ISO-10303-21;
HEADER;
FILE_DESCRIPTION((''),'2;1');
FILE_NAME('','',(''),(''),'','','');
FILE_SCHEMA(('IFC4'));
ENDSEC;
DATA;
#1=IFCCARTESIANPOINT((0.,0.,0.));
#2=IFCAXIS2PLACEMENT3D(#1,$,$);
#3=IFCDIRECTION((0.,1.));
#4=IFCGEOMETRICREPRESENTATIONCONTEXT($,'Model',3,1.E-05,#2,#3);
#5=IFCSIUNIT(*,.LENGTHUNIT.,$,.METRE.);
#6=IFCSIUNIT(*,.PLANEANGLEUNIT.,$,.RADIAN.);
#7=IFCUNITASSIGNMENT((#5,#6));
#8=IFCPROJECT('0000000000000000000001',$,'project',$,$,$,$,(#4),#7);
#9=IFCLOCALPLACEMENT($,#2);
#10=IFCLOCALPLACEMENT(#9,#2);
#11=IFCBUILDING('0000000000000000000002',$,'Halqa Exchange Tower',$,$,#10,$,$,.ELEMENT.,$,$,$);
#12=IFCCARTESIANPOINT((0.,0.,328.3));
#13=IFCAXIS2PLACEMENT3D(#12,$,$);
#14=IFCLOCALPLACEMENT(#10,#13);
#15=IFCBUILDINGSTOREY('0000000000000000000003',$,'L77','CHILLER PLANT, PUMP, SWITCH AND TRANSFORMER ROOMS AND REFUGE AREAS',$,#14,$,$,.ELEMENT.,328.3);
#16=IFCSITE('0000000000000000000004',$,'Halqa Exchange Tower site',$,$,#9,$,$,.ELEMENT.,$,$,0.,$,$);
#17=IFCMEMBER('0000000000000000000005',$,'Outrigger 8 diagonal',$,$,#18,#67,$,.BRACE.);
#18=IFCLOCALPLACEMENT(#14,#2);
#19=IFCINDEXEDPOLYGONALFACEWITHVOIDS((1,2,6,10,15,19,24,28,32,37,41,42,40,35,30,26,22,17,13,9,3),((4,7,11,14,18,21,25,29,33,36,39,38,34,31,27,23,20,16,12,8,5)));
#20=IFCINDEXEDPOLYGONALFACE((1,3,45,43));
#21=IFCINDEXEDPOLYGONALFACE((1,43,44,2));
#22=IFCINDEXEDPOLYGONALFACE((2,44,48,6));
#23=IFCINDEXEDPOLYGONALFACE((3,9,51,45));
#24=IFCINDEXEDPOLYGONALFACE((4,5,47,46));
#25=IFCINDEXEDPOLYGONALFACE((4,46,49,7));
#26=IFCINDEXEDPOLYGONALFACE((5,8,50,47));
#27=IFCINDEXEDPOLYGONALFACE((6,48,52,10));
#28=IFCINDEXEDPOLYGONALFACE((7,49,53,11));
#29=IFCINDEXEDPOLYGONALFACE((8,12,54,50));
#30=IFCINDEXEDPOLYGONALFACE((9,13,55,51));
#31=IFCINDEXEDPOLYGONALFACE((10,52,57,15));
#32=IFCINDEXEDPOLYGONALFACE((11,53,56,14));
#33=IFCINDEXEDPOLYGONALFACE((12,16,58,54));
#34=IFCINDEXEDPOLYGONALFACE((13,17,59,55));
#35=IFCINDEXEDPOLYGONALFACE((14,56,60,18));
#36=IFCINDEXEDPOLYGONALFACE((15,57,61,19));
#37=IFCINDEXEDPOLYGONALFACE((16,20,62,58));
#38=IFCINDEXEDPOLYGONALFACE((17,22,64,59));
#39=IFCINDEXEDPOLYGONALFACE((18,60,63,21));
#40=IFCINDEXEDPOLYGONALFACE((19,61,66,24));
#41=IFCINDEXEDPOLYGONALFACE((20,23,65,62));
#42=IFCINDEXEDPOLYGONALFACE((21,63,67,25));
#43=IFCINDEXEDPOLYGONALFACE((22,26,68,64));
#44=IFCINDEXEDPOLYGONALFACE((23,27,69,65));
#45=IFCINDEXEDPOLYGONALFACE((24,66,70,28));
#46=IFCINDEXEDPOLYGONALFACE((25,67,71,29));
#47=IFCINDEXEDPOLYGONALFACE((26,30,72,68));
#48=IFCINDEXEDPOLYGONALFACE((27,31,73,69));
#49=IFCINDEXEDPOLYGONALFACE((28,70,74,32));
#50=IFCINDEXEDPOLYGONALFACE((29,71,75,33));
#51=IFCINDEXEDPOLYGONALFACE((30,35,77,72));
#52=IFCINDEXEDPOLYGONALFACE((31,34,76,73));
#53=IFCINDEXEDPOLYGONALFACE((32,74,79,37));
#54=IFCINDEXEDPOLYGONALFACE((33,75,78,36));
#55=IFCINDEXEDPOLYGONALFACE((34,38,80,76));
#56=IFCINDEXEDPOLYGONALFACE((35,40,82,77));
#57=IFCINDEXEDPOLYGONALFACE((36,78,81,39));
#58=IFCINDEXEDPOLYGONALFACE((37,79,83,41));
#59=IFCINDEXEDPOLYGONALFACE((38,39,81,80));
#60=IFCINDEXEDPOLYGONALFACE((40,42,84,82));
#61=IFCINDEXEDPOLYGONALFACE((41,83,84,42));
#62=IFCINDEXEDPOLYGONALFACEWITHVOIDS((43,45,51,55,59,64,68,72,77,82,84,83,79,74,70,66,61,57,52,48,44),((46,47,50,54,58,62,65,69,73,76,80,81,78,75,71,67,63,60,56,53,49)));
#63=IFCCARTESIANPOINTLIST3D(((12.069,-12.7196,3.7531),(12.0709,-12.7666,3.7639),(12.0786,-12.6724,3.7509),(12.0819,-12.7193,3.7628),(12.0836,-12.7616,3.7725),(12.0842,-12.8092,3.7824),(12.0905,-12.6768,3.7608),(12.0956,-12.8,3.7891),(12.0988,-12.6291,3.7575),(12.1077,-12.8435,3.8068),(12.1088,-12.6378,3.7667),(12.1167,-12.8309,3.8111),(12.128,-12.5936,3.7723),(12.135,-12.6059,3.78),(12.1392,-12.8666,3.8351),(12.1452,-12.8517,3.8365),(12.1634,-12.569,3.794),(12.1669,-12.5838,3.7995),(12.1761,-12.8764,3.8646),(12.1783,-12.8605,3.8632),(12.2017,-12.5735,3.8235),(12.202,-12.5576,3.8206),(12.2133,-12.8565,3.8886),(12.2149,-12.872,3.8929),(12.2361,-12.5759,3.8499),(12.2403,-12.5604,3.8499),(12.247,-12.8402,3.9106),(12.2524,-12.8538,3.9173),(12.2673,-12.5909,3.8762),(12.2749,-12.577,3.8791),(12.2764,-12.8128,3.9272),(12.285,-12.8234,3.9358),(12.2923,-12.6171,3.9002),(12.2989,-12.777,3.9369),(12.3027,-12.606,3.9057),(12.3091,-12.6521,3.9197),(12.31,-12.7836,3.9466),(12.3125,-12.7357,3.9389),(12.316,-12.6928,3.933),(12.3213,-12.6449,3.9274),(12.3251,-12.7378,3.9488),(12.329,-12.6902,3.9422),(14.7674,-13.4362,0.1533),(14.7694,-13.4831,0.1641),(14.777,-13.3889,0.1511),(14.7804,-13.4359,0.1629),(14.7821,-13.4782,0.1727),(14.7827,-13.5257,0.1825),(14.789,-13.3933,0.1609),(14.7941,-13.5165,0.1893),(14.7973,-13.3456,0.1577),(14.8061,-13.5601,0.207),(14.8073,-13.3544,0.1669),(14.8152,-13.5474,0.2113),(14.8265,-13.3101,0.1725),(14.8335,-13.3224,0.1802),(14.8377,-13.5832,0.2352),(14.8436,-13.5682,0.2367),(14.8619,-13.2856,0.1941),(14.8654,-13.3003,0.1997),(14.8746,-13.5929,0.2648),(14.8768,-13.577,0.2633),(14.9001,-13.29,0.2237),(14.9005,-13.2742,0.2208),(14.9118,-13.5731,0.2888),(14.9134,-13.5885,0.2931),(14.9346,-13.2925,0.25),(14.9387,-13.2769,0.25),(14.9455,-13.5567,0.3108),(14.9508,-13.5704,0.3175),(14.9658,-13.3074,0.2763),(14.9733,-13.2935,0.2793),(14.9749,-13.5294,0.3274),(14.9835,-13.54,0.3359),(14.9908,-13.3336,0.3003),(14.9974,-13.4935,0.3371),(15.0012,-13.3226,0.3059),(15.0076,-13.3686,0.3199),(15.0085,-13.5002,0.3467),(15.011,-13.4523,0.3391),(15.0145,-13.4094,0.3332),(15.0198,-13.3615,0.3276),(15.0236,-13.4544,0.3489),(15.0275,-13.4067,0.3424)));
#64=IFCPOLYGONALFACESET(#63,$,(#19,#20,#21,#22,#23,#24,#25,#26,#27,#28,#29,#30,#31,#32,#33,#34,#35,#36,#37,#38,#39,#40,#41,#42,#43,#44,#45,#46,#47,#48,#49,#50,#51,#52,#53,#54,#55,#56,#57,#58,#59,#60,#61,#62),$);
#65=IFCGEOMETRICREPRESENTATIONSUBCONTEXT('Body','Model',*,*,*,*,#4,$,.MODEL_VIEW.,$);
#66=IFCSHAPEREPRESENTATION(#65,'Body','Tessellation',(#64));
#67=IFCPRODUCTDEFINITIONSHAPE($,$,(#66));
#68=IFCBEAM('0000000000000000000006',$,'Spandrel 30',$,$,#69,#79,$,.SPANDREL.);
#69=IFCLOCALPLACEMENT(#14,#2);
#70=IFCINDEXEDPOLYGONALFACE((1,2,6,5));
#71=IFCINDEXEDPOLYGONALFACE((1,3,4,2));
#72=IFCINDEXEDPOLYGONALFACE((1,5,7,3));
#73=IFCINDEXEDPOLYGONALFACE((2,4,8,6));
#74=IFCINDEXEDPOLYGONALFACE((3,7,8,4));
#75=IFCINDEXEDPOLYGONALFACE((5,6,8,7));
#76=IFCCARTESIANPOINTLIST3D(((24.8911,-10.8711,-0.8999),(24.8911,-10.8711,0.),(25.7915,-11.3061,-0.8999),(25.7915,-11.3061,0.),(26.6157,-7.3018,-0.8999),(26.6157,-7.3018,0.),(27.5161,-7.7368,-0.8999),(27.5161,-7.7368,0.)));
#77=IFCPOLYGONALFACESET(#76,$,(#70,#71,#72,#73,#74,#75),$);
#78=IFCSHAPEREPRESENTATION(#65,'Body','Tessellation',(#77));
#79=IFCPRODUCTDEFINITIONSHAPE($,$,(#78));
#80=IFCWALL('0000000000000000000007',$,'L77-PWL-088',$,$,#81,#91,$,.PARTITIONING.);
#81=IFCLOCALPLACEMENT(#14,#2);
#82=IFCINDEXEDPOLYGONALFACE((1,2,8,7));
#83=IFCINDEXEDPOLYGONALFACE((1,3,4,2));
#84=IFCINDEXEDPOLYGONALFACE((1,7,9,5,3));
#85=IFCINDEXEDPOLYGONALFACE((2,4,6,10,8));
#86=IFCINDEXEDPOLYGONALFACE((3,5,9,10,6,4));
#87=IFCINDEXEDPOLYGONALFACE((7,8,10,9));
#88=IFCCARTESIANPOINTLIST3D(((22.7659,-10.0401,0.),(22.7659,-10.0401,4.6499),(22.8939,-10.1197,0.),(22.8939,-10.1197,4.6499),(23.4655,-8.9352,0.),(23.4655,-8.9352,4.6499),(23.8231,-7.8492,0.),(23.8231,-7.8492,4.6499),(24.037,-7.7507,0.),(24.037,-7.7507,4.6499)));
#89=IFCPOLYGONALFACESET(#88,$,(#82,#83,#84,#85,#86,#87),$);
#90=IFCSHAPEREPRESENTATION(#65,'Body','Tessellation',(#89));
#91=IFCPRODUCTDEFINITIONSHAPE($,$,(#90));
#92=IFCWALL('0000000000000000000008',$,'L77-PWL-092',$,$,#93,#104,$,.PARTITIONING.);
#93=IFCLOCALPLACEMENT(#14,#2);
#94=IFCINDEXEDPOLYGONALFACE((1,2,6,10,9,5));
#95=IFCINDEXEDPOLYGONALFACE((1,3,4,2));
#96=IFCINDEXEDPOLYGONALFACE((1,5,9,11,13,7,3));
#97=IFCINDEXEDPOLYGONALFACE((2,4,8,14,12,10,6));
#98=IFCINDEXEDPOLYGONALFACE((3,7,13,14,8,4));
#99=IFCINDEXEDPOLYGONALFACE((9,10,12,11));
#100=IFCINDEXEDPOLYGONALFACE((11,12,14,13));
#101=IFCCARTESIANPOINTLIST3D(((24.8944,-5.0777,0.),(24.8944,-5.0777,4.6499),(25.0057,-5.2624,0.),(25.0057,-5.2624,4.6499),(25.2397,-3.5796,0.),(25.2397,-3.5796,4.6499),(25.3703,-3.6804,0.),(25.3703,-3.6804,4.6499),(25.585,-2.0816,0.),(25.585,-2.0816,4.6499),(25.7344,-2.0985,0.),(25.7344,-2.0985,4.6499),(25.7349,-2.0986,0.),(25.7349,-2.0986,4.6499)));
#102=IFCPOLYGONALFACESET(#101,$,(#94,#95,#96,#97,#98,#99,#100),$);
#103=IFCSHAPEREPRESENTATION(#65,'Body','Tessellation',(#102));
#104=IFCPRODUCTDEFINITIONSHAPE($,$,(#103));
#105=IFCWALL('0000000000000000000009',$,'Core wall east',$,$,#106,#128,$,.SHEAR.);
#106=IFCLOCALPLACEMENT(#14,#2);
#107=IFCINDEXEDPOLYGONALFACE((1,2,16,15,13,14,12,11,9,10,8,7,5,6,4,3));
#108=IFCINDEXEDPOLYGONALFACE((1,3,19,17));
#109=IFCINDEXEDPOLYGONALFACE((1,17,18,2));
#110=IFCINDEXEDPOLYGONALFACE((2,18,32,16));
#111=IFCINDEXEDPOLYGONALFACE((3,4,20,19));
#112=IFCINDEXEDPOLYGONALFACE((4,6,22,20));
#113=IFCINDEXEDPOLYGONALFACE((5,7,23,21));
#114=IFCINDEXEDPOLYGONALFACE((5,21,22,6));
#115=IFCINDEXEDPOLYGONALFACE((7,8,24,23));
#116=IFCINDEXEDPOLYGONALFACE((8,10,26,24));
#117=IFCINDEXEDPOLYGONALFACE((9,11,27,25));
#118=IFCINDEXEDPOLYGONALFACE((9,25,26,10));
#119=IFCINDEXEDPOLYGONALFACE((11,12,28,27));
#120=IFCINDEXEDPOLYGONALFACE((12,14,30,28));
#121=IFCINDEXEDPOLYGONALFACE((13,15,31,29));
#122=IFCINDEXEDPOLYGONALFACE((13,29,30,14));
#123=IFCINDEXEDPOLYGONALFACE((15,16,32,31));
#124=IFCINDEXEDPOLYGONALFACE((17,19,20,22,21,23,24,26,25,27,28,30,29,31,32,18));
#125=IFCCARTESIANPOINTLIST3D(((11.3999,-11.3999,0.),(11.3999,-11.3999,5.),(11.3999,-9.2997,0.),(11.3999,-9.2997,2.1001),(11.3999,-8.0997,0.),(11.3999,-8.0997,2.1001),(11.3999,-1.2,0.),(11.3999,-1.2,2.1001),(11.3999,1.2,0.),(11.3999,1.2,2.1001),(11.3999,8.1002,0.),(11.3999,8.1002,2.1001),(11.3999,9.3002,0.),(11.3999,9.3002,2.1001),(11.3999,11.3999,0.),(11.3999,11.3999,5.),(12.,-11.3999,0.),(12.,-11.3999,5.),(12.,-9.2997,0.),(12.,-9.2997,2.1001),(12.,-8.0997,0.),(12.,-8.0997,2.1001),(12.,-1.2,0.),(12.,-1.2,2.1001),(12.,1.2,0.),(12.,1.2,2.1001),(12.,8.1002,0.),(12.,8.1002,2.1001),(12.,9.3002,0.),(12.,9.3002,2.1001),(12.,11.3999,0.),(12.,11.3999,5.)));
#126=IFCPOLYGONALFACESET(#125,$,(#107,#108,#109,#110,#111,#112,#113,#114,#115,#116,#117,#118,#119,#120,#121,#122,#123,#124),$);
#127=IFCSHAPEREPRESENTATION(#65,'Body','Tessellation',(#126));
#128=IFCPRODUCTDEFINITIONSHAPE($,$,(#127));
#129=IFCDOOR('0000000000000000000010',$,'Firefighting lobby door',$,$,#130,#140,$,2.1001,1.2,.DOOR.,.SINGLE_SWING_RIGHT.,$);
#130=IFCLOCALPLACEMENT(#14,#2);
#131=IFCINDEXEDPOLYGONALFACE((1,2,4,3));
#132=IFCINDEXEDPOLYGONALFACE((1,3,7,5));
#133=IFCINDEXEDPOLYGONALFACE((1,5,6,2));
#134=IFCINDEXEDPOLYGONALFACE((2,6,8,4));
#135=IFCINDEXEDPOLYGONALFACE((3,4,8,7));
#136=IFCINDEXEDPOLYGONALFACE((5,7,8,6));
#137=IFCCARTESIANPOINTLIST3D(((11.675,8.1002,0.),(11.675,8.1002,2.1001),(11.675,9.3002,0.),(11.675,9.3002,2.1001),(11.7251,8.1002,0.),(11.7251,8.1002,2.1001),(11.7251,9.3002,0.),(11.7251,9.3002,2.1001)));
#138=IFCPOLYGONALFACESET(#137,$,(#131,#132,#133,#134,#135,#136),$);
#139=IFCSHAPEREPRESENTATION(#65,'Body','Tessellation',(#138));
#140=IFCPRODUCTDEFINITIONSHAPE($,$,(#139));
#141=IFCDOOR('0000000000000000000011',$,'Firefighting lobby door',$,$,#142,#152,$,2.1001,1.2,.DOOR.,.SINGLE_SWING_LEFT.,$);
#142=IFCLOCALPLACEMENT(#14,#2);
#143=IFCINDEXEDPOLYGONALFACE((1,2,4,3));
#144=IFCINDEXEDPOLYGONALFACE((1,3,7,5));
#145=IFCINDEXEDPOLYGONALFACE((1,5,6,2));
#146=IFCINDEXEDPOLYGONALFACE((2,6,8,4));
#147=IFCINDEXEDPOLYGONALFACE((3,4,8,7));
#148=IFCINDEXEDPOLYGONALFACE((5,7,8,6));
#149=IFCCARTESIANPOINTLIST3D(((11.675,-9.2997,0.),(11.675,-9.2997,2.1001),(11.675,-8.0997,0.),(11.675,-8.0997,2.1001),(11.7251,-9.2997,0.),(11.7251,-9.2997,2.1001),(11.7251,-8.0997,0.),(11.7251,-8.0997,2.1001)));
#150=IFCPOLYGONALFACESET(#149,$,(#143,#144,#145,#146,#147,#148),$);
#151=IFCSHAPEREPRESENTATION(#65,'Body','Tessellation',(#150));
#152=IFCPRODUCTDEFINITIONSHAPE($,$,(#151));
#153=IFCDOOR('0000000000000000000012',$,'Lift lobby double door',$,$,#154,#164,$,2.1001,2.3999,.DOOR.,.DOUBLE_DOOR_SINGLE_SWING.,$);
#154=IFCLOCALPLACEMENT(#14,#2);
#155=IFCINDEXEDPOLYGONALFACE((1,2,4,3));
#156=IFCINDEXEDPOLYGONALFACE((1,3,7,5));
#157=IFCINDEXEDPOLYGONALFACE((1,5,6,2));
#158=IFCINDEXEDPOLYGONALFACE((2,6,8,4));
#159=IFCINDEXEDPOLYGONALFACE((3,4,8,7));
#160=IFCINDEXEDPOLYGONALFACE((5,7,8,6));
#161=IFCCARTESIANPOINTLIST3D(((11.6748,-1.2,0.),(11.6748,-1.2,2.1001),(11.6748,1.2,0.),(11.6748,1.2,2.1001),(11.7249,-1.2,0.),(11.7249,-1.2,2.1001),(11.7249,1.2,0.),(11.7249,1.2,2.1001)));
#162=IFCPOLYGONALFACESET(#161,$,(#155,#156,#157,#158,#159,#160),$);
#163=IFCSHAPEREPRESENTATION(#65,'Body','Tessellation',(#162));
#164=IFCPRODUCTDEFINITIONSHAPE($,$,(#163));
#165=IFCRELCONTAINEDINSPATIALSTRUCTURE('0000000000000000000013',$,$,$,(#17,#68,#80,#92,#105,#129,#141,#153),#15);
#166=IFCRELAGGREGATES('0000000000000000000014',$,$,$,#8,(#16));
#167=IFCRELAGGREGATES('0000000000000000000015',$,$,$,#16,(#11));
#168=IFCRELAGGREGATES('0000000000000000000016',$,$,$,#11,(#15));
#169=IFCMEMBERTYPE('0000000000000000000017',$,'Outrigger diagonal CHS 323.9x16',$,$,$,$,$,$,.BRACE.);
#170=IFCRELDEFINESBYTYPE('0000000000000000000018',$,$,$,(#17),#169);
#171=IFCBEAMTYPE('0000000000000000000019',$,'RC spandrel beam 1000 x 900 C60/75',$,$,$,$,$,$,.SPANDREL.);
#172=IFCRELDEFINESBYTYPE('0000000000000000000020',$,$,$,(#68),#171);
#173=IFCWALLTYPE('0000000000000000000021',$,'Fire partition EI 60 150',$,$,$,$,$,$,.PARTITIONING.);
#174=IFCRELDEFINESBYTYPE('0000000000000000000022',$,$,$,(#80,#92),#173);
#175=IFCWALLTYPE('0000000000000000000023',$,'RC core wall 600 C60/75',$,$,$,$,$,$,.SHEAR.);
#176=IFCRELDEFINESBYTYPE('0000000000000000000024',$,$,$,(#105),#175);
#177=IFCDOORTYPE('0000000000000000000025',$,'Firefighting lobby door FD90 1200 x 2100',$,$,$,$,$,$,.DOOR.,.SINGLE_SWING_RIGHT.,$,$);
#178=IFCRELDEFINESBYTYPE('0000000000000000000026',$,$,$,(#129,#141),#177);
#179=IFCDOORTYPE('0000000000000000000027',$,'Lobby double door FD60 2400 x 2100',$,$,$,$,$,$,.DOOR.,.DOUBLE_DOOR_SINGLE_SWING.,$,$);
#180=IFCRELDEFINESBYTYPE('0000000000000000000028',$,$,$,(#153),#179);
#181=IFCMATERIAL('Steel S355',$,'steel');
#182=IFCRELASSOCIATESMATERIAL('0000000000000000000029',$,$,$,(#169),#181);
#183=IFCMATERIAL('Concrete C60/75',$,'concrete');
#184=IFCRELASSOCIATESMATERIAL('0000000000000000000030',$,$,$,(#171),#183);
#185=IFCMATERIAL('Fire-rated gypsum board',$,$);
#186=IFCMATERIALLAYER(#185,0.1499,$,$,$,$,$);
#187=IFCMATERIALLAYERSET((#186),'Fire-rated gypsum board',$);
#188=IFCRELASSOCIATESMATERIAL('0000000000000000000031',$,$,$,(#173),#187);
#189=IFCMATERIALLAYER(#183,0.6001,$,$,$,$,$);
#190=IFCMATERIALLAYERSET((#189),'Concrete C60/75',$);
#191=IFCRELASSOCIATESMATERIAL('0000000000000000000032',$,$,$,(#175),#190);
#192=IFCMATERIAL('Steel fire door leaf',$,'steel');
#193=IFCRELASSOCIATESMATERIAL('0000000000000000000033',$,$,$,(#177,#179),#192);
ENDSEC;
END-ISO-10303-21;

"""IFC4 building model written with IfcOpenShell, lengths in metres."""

from ifc_helpers import new_model, si_unit, direction, frame, frame_2d, origin, origin_2d, place, context, subcontext, project, spatial, polyline, rectangle, hollow_circle, outline, extrude, material, layer, layer_set, material_profile, profile_set, type_object, element, fill, save


model = new_model("IFC4")

# Units and contexts
model_context = context("Model", 3, precision=1e-05, world=origin(), true_north=direction((0.0, 1.0)))
body_context = subcontext(model_context, "Body", "Model", "MODEL_VIEW")
ifc_project = project(units=[si_unit("LENGTHUNIT", "METRE"), si_unit("PLANEANGLEUNIT", "RADIAN")], contexts=[model_context])

# Site, building, storey
site_placement = place(None, origin())
site = spatial("IfcSite", under=ifc_project, at=site_placement, Name="Halqa Exchange Tower site", CompositionType="ELEMENT", RefElevation=0.0)
building_placement = place(site_placement, origin())
building = spatial("IfcBuilding", under=site, at=building_placement, Name="Halqa Exchange Tower", CompositionType="ELEMENT")
storey_placement = place(building_placement, frame((0.0, 0.0, 328.3)))
storey = spatial("IfcBuildingStorey", under=building, at=storey_placement, Name="L77", Description="CHILLER PLANT, PUMP, SWITCH AND TRANSFORMER ROOMS AND REFUGE AREAS", CompositionType="ELEMENT", Elevation=328.3)

# Shared definitions
ifc_material_1 = material(Name="Steel S355", Category="steel")

# Member
ifc_material_profile_1 = material_profile(ifc_material_1, hollow_circle(Radius=0.1619, WallThickness=0.0161, at=origin_2d()), Name="CHS 323.9x16")
ifc_profile_set_1 = profile_set([ifc_material_profile_1], Name="Steel S355")
member_type_1 = type_object("IfcMemberType", Name="Outrigger diagonal CHS 323.9x16", PredefinedType="BRACE", material=ifc_profile_set_1)
member_1_placement = place(storey_placement, frame((12.1987, -12.7168, 3.8499), z_axis=(0.592334, -0.157288, -0.79019), x_axis=(0.256645, 0.966506, 0.0)))
element("IfcMember", 1, at=member_1_placement, inside=storey, type_object=member_type_1, Name="Outrigger 8 diagonal", PredefinedType="BRACE", context=body_context, shape_type="SweptSolid", body=[
    extrude(hollow_circle(Radius=0.1619, WallThickness=0.0161, at=origin_2d()), origin(), (0.0, 0.0, 1.0), 4.5557),
])

# Beam
ifc_material_2 = material(Name="Concrete C60/75", Category="concrete")
ifc_material_profile_2 = material_profile(ifc_material_2, rectangle(XDim=1.0, YDim=0.8999, at=origin_2d()), Name="1000 x 900")
ifc_profile_set_2 = profile_set([ifc_material_profile_2], Name="Concrete C60/75")
beam_type_1 = type_object("IfcBeamType", Name="RC spandrel beam 1000 x 900 C60/75", PredefinedType="SPANDREL", material=ifc_profile_set_2)
beam_1_placement = place(storey_placement, frame((25.3413, -11.0886, -0.45), z_axis=(0.435052, 0.900405, 0.0), x_axis=(-0.900405, 0.435052, 0.0)))
element("IfcBeam", 2, at=beam_1_placement, inside=storey, type_object=beam_type_1, Name="Spandrel 30", PredefinedType="SPANDREL", context=body_context, shape_type="SweptSolid", body=[
    extrude(rectangle(XDim=1.0, YDim=0.8999, at=origin_2d()), origin(), (0.0, 0.0, 1.0), 3.9641),
])

# Shared definitions
ifc_material_3 = material(Name="Fire-rated gypsum board")
ifc_layer_1 = layer(ifc_material_3, 0.1499)
ifc_layer_set_1 = layer_set([ifc_layer_1], Name="Fire-rated gypsum board")
wall_type_1 = type_object("IfcWallType", Name="Fire partition EI 60 150", PredefinedType="PARTITIONING", material=ifc_layer_set_1)

# Shared definitions
ifc_material_4 = material(Name="Steel fire door leaf", Category="steel")

# Wall
wall_1_placement = place(storey_placement, frame((22.8264, -10.0872, 0.0), z_axis=(0.0, 0.0, 1.0), x_axis=(0.434583, 0.900632, 0.0)))
element("IfcWall", 3, at=wall_1_placement, inside=storey, type_object=wall_type_1, Name="L77-PWL-088", PredefinedType="PARTITIONING", context=body_context, shape_type="SweptSolid", body=[
    extrude(outline(polyline([(0.0, -0.075), (1.3152, -0.075), (2.6304, -0.075), (2.4487, 0.075), (0.0161, 0.075), (0.0, -0.075)])), origin(), (0.0, 0.0, 1.0), 4.6499),
])

# Wall
wall_2_placement = place(storey_placement, frame((24.9326, -5.2456, 0.0), z_axis=(0.0, 0.0, 1.0), x_axis=(0.224607, 0.974449, 0.0)))
element("IfcWall", 4, at=wall_2_placement, inside=storey, type_object=wall_type_1, Name="L77-PWL-092", PredefinedType="PARTITIONING", context=body_context, shape_type="SweptSolid", body=[
    extrude(outline(polyline([(3.2468, -0.075), (3.2468, -0.0745), (3.2297, 0.075), (1.6924, 0.075), (0.155, 0.075), (0.0, -0.075), (1.6235, -0.075), (3.2468, -0.075)])), origin(), (0.0, 0.0, 1.0), 4.6499),
])

# Wall, openings, doors
ifc_layer_2 = layer(ifc_material_2, 0.6001)
ifc_layer_set_2 = layer_set([ifc_layer_2], Name="Concrete C60/75")
wall_type_2 = type_object("IfcWallType", Name="RC core wall 600 C60/75", PredefinedType="SHEAR", material=ifc_layer_set_2)
wall_3_placement = place(storey_placement, frame((11.7, -11.3999, 0.0), z_axis=(0.0, 0.0, 1.0), x_axis=(0.0, 1.0, 0.0)))
wall_3 = element("IfcWall", 5, at=wall_3_placement, inside=storey, type_object=wall_type_2, Name="Core wall east", PredefinedType="SHEAR", context=body_context, shape_type="SweptSolid", body=[
    extrude(rectangle(XDim=22.7998, YDim=0.6001, at=frame_2d((11.3999, 0.0))), origin(), (0.0, 0.0, 1.0), 5.0),
])
opening_1_placement = place(wall_3_placement, frame((10.2, 0.0, 0.0)))
opening_1 = element("IfcOpeningElement", 6, at=opening_1_placement, cuts=wall_3, PredefinedType="OPENING", context=body_context, shape_type="SweptSolid", body=[
    extrude(rectangle(XDim=2.3999, YDim=2.1001, at=frame_2d((1.2, 1.05))), frame((0.0, 0.312, 0.0), z_axis=(0.0, -1.0, 0.0), x_axis=(1.0, 0.0, 0.0)), (0.0, 0.0, 1.0), 0.624),
])
opening_2_placement = place(wall_3_placement, frame((19.5, 0.0, 0.0)))
opening_2 = element("IfcOpeningElement", 7, at=opening_2_placement, cuts=wall_3, PredefinedType="OPENING", context=body_context, shape_type="SweptSolid", body=[
    extrude(rectangle(XDim=1.2, YDim=2.1001, at=frame_2d((0.6001, 1.05))), frame((0.0, 0.312, 0.0), z_axis=(0.0, -1.0, 0.0), x_axis=(1.0, 0.0, 0.0)), (0.0, 0.0, 1.0), 0.624),
])
opening_3_placement = place(wall_3_placement, frame((2.1001, 0.0, 0.0)))
opening_3 = element("IfcOpeningElement", 8, at=opening_3_placement, cuts=wall_3, PredefinedType="OPENING", context=body_context, shape_type="SweptSolid", body=[
    extrude(rectangle(XDim=1.2, YDim=2.1001, at=frame_2d((0.6001, 1.05))), frame((0.0, 0.312, 0.0), z_axis=(0.0, -1.0, 0.0), x_axis=(1.0, 0.0, 0.0)), (0.0, 0.0, 1.0), 0.624),
])
door_type_1 = type_object("IfcDoorType", Name="Firefighting lobby door FD90 1200 x 2100", OperationType="SINGLE_SWING_RIGHT", PredefinedType="DOOR", material=ifc_material_4)
door_1_placement = place(opening_2_placement, origin())
door_1 = element("IfcDoor", 9, at=door_1_placement, inside=storey, type_object=door_type_1, Name="Firefighting lobby door", OperationType="SINGLE_SWING_RIGHT", OverallHeight=2.1001, OverallWidth=1.2, PredefinedType="DOOR", context=body_context, shape_type="SweptSolid", body=[
    extrude(rectangle(XDim=1.2, YDim=2.1001, at=frame_2d((0.6001, 1.05))), frame((0.0, 0.0249, 0.0), z_axis=(0.0, -1.0, 0.0), x_axis=(1.0, 0.0, 0.0)), (0.0, 0.0, 1.0), 0.05),
])
fill(opening_2, door_1)
door_2_placement = place(opening_3_placement, origin())
door_2 = element("IfcDoor", 10, at=door_2_placement, inside=storey, type_object=door_type_1, Name="Firefighting lobby door", OperationType="SINGLE_SWING_LEFT", OverallHeight=2.1001, OverallWidth=1.2, PredefinedType="DOOR", context=body_context, shape_type="SweptSolid", body=[
    extrude(rectangle(XDim=1.2, YDim=2.1001, at=frame_2d((0.6001, 1.05))), frame((0.0, 0.0249, 0.0), z_axis=(0.0, -1.0, 0.0), x_axis=(1.0, 0.0, 0.0)), (0.0, 0.0, 1.0), 0.05),
])
fill(opening_3, door_2)
door_type_2 = type_object("IfcDoorType", Name="Lobby double door FD60 2400 x 2100", OperationType="DOUBLE_DOOR_SINGLE_SWING", PredefinedType="DOOR", material=ifc_material_4)
door_3_placement = place(opening_1_placement, frame((2.3999, 0.0, 0.0), z_axis=(0.0, 0.0, 1.0), x_axis=(-1.0, 0.0, 0.0)))
door_3 = element("IfcDoor", 11, at=door_3_placement, inside=storey, type_object=door_type_2, Name="Lift lobby double door", OperationType="DOUBLE_DOOR_SINGLE_SWING", OverallHeight=2.1001, OverallWidth=2.3999, PredefinedType="DOOR", context=body_context, shape_type="SweptSolid", body=[
    extrude(rectangle(XDim=2.3999, YDim=2.1001, at=frame_2d((1.2, 1.05))), frame((0.0, 0.0249, 0.0), z_axis=(0.0, -1.0, 0.0), x_axis=(1.0, 0.0, 0.0)), (0.0, 0.0, 1.0), 0.05),
])
fill(opening_1, door_3)

save(model, "model.ifc")
